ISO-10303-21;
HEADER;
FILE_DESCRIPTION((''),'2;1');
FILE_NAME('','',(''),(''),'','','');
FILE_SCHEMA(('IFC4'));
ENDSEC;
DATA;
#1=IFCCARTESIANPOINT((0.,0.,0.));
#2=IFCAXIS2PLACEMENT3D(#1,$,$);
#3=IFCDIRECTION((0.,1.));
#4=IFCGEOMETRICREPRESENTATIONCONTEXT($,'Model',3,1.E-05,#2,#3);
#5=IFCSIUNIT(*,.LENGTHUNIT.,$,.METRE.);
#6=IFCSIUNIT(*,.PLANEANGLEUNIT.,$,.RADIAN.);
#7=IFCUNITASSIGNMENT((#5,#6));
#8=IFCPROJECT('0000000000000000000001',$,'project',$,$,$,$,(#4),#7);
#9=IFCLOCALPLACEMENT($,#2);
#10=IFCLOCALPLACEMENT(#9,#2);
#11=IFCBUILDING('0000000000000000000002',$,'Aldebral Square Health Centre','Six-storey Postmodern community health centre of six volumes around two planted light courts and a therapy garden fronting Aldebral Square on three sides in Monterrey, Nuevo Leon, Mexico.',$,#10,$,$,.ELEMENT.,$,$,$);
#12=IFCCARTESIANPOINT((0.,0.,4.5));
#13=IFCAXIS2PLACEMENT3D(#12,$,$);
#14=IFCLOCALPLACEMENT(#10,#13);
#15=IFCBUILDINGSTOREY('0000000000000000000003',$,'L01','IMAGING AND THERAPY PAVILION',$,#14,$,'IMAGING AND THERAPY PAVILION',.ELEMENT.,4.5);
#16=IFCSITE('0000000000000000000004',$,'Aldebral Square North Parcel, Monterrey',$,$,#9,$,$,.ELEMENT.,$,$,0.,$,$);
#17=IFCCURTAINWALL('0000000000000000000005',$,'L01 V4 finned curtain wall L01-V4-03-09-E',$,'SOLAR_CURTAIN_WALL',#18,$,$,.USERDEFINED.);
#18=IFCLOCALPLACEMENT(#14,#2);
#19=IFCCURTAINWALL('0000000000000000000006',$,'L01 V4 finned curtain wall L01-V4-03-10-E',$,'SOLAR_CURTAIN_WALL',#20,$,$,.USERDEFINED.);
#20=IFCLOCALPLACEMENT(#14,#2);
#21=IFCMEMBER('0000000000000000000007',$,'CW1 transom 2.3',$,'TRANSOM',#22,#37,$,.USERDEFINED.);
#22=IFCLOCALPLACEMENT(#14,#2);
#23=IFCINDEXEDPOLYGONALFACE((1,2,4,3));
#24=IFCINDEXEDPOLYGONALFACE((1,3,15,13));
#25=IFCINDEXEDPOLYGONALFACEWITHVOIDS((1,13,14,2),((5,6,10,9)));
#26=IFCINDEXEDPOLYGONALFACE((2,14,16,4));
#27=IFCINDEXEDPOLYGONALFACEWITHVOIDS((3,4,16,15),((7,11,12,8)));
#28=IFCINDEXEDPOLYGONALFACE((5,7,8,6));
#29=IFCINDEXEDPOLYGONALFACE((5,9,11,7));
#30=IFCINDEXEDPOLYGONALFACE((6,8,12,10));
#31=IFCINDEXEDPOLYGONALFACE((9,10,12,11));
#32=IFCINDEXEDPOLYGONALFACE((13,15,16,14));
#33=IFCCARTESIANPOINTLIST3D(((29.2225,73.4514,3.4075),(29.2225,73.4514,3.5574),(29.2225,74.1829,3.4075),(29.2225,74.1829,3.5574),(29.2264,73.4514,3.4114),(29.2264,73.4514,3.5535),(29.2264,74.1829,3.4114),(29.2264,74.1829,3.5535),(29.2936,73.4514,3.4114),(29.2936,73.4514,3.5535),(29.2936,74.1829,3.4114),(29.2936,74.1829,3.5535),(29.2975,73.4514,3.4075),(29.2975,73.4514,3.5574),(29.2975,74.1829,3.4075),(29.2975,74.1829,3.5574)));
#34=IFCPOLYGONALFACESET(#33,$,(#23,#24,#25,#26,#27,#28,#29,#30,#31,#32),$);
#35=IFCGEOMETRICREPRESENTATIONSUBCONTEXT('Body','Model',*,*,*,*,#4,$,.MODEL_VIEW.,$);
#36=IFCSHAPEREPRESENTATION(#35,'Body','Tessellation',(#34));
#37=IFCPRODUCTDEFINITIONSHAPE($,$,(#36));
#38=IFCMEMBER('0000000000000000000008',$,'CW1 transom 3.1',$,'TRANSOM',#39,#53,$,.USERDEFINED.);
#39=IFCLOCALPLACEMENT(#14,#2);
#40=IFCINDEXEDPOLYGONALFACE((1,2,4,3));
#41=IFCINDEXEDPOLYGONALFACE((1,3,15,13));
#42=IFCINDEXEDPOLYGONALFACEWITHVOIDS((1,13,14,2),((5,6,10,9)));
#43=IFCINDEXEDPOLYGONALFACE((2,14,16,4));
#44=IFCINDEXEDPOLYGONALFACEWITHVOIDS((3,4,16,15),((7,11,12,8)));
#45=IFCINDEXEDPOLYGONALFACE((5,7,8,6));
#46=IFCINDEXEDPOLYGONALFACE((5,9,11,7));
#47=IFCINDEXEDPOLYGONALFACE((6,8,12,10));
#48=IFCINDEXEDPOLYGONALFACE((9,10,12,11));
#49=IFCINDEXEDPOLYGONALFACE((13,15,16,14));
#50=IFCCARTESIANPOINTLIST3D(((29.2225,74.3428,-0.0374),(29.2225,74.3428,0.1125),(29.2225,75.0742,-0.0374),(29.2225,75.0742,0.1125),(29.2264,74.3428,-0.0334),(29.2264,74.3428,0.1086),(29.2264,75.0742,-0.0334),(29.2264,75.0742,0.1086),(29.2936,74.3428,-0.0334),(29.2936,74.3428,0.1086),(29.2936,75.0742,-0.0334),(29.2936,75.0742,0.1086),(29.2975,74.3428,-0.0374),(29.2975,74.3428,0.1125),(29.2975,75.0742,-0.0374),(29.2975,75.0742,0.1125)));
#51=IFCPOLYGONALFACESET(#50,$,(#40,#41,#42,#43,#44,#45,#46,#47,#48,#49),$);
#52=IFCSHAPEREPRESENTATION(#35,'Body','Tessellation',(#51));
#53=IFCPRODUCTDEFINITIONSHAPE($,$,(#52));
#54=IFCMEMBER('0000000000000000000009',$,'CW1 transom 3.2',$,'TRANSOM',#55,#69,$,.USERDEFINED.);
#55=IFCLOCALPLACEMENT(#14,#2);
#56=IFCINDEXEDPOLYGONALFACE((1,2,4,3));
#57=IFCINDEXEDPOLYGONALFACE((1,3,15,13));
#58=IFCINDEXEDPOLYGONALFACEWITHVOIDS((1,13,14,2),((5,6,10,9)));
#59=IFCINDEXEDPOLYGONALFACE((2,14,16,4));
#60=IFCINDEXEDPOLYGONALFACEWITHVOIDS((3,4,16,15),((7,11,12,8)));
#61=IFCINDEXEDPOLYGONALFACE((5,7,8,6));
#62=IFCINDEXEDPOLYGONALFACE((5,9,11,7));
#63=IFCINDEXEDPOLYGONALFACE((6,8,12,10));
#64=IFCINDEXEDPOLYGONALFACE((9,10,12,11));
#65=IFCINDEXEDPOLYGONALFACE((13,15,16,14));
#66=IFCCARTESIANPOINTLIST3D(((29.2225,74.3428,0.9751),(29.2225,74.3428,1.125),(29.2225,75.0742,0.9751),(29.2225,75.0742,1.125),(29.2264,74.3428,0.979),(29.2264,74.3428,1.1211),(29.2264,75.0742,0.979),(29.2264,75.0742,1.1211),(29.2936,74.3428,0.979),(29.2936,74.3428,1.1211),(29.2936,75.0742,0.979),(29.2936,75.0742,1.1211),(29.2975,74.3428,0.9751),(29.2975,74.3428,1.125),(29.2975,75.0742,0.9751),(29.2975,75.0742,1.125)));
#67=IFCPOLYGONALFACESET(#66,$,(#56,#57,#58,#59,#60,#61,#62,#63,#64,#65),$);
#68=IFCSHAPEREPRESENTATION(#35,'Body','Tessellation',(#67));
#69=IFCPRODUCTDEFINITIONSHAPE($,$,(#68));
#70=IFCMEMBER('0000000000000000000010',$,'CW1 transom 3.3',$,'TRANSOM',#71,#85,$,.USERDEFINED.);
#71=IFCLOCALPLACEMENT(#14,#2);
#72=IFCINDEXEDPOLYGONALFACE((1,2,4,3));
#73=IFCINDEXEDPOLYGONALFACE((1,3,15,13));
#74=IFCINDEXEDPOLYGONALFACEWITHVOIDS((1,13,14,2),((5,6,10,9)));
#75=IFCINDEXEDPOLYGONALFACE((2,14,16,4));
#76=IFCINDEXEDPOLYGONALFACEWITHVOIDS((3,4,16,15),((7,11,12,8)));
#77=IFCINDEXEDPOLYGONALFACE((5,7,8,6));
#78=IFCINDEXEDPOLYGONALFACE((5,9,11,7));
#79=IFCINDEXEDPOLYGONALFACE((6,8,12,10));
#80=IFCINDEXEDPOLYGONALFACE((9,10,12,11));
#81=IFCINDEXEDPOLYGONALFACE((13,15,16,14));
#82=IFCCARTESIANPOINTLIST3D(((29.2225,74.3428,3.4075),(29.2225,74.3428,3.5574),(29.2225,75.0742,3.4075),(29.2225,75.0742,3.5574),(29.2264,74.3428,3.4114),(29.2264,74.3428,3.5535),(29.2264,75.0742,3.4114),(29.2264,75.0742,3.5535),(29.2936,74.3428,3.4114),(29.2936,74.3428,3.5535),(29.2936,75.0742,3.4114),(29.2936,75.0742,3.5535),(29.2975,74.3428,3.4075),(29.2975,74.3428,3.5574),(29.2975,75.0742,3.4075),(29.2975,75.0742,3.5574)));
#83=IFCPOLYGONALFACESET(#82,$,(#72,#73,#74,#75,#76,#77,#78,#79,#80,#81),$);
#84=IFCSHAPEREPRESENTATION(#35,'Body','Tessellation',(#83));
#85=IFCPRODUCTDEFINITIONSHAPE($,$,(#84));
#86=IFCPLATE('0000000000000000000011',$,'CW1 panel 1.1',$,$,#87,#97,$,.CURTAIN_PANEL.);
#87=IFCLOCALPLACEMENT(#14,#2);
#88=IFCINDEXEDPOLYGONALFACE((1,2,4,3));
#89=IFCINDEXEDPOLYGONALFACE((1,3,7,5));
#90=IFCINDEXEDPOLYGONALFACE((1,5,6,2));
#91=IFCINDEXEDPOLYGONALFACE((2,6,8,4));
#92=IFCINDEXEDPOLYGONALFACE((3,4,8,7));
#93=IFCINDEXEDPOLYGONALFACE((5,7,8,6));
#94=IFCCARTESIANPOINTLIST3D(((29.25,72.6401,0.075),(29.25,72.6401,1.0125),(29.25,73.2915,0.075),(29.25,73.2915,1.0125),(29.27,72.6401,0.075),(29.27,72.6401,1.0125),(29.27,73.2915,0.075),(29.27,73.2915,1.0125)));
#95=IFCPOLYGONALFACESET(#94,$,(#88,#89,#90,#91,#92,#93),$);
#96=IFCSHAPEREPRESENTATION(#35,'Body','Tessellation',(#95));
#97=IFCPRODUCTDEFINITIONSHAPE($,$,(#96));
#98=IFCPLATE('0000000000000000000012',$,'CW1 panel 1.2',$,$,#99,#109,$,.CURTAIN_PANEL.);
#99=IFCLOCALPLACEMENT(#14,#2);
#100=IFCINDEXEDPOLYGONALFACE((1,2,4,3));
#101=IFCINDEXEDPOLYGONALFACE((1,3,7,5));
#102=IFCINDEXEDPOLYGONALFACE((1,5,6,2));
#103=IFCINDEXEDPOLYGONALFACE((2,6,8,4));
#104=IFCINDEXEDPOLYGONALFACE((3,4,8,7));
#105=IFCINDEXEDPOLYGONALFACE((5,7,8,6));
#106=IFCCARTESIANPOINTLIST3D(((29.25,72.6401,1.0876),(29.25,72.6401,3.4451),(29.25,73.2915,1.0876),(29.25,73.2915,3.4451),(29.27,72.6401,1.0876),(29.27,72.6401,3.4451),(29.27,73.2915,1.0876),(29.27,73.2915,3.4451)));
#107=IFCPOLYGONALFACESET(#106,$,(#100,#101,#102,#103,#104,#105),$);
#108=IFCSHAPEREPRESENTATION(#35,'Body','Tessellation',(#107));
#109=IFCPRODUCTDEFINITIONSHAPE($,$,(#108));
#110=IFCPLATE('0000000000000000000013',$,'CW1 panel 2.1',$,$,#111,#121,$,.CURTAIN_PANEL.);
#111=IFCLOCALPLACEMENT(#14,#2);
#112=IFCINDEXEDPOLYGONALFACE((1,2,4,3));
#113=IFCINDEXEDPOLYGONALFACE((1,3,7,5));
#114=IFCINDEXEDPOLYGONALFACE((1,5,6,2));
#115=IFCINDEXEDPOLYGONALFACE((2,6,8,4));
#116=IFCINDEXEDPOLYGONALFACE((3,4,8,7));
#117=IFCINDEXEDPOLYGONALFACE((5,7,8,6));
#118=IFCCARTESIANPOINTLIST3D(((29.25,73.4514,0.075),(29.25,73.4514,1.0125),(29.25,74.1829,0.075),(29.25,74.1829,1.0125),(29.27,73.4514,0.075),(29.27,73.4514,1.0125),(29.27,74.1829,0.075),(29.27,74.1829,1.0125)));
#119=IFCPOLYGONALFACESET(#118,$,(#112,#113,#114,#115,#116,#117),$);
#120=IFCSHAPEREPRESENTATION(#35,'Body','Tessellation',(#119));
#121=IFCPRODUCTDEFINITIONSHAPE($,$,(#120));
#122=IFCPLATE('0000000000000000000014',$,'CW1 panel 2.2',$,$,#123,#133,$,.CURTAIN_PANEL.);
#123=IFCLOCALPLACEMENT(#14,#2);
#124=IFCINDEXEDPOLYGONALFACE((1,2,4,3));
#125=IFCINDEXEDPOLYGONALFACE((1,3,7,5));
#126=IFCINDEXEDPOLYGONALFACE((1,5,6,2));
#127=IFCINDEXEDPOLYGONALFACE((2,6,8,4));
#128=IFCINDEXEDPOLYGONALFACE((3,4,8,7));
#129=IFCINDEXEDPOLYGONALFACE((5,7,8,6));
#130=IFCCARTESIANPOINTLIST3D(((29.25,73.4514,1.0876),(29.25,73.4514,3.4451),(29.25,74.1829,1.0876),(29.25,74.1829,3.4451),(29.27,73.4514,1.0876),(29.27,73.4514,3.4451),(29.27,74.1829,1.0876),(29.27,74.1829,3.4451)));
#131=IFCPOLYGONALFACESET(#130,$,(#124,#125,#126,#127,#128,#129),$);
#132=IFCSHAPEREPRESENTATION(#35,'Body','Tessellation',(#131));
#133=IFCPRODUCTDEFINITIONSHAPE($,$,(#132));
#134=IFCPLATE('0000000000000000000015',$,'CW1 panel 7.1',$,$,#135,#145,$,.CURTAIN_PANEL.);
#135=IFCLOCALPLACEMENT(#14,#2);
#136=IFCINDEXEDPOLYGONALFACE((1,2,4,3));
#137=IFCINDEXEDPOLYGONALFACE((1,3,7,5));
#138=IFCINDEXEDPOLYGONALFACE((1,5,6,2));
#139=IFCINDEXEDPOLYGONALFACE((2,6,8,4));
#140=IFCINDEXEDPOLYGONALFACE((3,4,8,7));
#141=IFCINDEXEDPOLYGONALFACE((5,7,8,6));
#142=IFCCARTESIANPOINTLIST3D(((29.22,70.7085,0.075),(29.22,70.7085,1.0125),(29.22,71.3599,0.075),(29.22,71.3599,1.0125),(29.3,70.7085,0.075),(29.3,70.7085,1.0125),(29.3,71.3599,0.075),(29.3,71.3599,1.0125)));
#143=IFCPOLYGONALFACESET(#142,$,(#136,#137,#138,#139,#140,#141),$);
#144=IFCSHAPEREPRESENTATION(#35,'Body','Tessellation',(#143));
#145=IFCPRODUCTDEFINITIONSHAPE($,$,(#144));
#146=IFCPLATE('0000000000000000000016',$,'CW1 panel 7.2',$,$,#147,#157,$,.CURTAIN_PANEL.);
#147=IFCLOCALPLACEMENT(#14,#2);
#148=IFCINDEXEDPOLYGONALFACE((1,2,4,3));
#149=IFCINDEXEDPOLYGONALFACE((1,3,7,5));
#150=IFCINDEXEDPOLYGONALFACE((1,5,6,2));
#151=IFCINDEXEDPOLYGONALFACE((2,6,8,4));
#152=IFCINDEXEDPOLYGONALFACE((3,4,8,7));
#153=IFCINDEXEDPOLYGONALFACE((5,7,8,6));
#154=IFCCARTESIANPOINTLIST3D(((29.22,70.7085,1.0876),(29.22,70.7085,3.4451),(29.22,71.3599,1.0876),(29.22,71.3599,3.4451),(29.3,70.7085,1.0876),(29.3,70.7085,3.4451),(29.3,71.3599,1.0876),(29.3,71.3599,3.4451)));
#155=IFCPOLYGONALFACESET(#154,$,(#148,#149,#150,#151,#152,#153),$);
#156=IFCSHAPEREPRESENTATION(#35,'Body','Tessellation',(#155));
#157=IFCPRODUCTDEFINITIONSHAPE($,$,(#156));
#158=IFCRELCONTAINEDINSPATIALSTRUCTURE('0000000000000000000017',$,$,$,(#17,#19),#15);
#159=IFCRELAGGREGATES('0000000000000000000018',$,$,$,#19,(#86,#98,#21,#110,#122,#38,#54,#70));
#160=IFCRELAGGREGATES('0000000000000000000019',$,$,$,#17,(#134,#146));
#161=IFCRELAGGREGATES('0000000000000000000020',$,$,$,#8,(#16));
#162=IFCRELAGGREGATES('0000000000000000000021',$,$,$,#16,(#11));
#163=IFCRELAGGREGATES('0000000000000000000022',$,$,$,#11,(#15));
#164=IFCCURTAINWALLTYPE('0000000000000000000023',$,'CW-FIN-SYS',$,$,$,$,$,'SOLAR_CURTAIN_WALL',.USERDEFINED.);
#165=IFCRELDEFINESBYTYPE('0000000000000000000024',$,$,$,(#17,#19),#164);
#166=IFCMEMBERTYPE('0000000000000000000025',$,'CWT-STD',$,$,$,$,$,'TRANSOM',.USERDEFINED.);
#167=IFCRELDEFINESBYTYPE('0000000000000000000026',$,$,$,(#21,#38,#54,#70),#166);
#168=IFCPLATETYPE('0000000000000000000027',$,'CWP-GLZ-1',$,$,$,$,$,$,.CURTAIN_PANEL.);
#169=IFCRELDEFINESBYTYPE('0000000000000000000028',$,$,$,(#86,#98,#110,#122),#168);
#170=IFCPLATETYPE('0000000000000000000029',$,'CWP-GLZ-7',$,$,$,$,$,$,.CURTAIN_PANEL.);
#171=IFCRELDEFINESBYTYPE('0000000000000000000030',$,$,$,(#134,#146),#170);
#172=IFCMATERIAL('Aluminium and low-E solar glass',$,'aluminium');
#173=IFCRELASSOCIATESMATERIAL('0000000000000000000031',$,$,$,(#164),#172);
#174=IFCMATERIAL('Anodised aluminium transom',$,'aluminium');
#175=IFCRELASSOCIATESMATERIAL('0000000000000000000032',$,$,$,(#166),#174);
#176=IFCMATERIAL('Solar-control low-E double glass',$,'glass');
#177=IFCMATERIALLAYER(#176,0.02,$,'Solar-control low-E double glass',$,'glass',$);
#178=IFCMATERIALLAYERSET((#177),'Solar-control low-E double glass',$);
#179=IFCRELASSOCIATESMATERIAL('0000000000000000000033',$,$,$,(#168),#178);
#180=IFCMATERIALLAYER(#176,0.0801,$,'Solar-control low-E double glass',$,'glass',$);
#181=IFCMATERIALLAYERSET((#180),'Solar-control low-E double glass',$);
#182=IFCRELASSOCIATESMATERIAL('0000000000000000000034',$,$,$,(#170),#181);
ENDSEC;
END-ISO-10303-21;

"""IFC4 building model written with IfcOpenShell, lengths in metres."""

from ifc_helpers import new_model, si_unit, direction, frame, origin, origin_2d, place, context, subcontext, project, spatial, rectangle, hollow_rectangle, extrude, material, layer, layer_set, material_profile, profile_set, type_object, element, aggregate, save


model = new_model("IFC4")

# Units and contexts
model_context = context("Model", 3, precision=1e-05, world=origin(), true_north=direction((0.0, 1.0)))
body_context = subcontext(model_context, "Body", "Model", "MODEL_VIEW")
ifc_project = project(units=[si_unit("LENGTHUNIT", "METRE"), si_unit("PLANEANGLEUNIT", "RADIAN")], contexts=[model_context])

# Site, building, storey
site_placement = place(None, origin())
site = spatial("IfcSite", under=ifc_project, at=site_placement, Name="Aldebral Square North Parcel, Monterrey", CompositionType="ELEMENT", RefElevation=0.0)
building_placement = place(site_placement, origin())
building = spatial("IfcBuilding", under=site, at=building_placement, Name="Aldebral Square Health Centre", Description="Six-storey Postmodern community health centre of six volumes around two planted light courts and a therapy garden fronting Aldebral Square on three sides in Monterrey, Nuevo Leon, Mexico.", CompositionType="ELEMENT")
storey_placement = place(building_placement, frame((0.0, 0.0, 4.5)))
storey = spatial("IfcBuildingStorey", under=building, at=storey_placement, Name="L01", Description="IMAGING AND THERAPY PAVILION", LongName="IMAGING AND THERAPY PAVILION", CompositionType="ELEMENT", Elevation=4.5)

# Curtain wall
ifc_material_1 = material(Name="Aluminium and low-E solar glass", Category="aluminium")
curtain_wall_type = type_object("IfcCurtainWallType", Name="CW-FIN-SYS", ElementType="SOLAR_CURTAIN_WALL", PredefinedType="USERDEFINED", material=ifc_material_1)
curtain_wall_1_placement = place(storey_placement, origin())
curtain_wall_1 = element("IfcCurtainWall", 1, at=curtain_wall_1_placement, inside=storey, type_object=curtain_wall_type, Name="L01 V4 finned curtain wall L01-V4-03-09-E", ObjectType="SOLAR_CURTAIN_WALL", PredefinedType="USERDEFINED")

# Curtain wall
curtain_wall_2_placement = place(storey_placement, origin())
curtain_wall_2 = element("IfcCurtainWall", 2, at=curtain_wall_2_placement, inside=storey, type_object=curtain_wall_type, Name="L01 V4 finned curtain wall L01-V4-03-10-E", ObjectType="SOLAR_CURTAIN_WALL", PredefinedType="USERDEFINED")

# Members
ifc_material_2 = material(Name="Anodised aluminium transom", Category="aluminium")
ifc_material_profile_1 = material_profile(ifc_material_2, hollow_rectangle(XDim=0.075, YDim=0.1499, WallThickness=0.0039, at=origin_2d()), Name="CWT 75x150x4")
ifc_profile_set_1 = profile_set([ifc_material_profile_1], Name="Anodised aluminium transom")
member_type_1 = type_object("IfcMemberType", Name="CWT-STD", ElementType="TRANSOM", PredefinedType="USERDEFINED", material=ifc_profile_set_1)
member_1_placement = place(storey_placement, frame((29.26, 73.4514, 3.4824), z_axis=(0.0, 1.0, 0.0), x_axis=(-1.0, 0.0, 0.0)))
member_1 = element("IfcMember", 3, at=member_1_placement, type_object=member_type_1, Name="CW1 transom 2.3", ObjectType="TRANSOM", PredefinedType="USERDEFINED", context=body_context, shape_type="SweptSolid", body=[
    extrude(hollow_rectangle(XDim=0.075, YDim=0.1499, WallThickness=0.0039, at=origin_2d()), origin(), (0.0, 0.0, 1.0), 0.7314),
])
member_2_placement = place(storey_placement, frame((29.26, 74.3428, 0.0376), z_axis=(0.0, 1.0, 0.0), x_axis=(-1.0, 0.0, 0.0)))
member_2 = element("IfcMember", 4, at=member_2_placement, type_object=member_type_1, Name="CW1 transom 3.1", ObjectType="TRANSOM", PredefinedType="USERDEFINED", context=body_context, shape_type="SweptSolid", body=[
    extrude(hollow_rectangle(XDim=0.075, YDim=0.1499, WallThickness=0.0039, at=origin_2d()), origin(), (0.0, 0.0, 1.0), 0.7314),
])
member_3_placement = place(storey_placement, frame((29.26, 74.3428, 1.05), z_axis=(0.0, 1.0, 0.0), x_axis=(-1.0, 0.0, 0.0)))
member_3 = element("IfcMember", 5, at=member_3_placement, type_object=member_type_1, Name="CW1 transom 3.2", ObjectType="TRANSOM", PredefinedType="USERDEFINED", context=body_context, shape_type="SweptSolid", body=[
    extrude(hollow_rectangle(XDim=0.075, YDim=0.1499, WallThickness=0.0039, at=origin_2d()), origin(), (0.0, 0.0, 1.0), 0.7314),
])
member_4_placement = place(storey_placement, frame((29.26, 74.3428, 3.4824), z_axis=(0.0, 1.0, 0.0), x_axis=(-1.0, 0.0, 0.0)))
member_4 = element("IfcMember", 6, at=member_4_placement, type_object=member_type_1, Name="CW1 transom 3.3", ObjectType="TRANSOM", PredefinedType="USERDEFINED", context=body_context, shape_type="SweptSolid", body=[
    extrude(hollow_rectangle(XDim=0.075, YDim=0.1499, WallThickness=0.0039, at=origin_2d()), origin(), (0.0, 0.0, 1.0), 0.7314),
])

# Plates
ifc_material_3 = material(Name="Solar-control low-E double glass", Category="glass")
ifc_layer_1 = layer(ifc_material_3, 0.02, Name="Solar-control low-E double glass", Category="glass")
ifc_layer_set_1 = layer_set([ifc_layer_1], Name="Solar-control low-E double glass")
plate_type_1 = type_object("IfcPlateType", Name="CWP-GLZ-1", PredefinedType="CURTAIN_PANEL", material=ifc_layer_set_1)
plate_1_placement = place(storey_placement, frame((29.26, 72.9658, 0.075), z_axis=(0.0, 0.0, 1.0), x_axis=(0.0, 1.0, 0.0)))
plate_1 = element("IfcPlate", 7, at=plate_1_placement, type_object=plate_type_1, Name="CW1 panel 1.1", PredefinedType="CURTAIN_PANEL", context=body_context, shape_type="SweptSolid", body=[
    extrude(rectangle(XDim=0.6514, YDim=0.02, at=origin_2d()), origin(), (0.0, 0.0, 1.0), 0.9375),
])
plate_2_placement = place(storey_placement, frame((29.26, 72.9658, 1.0876), z_axis=(0.0, 0.0, 1.0), x_axis=(0.0, 1.0, 0.0)))
plate_2 = element("IfcPlate", 8, at=plate_2_placement, type_object=plate_type_1, Name="CW1 panel 1.2", PredefinedType="CURTAIN_PANEL", context=body_context, shape_type="SweptSolid", body=[
    extrude(rectangle(XDim=0.6514, YDim=0.02, at=origin_2d()), origin(), (0.0, 0.0, 1.0), 2.3574),
])
plate_3_placement = place(storey_placement, frame((29.26, 73.8171, 0.075), z_axis=(0.0, 0.0, 1.0), x_axis=(0.0, 1.0, 0.0)))
plate_3 = element("IfcPlate", 9, at=plate_3_placement, type_object=plate_type_1, Name="CW1 panel 2.1", PredefinedType="CURTAIN_PANEL", context=body_context, shape_type="SweptSolid", body=[
    extrude(rectangle(XDim=0.7314, YDim=0.02, at=origin_2d()), origin(), (0.0, 0.0, 1.0), 0.9375),
])
plate_4_placement = place(storey_placement, frame((29.26, 73.8171, 1.0876), z_axis=(0.0, 0.0, 1.0), x_axis=(0.0, 1.0, 0.0)))
plate_4 = element("IfcPlate", 10, at=plate_4_placement, type_object=plate_type_1, Name="CW1 panel 2.2", PredefinedType="CURTAIN_PANEL", context=body_context, shape_type="SweptSolid", body=[
    extrude(rectangle(XDim=0.7314, YDim=0.02, at=origin_2d()), origin(), (0.0, 0.0, 1.0), 2.3574),
])
aggregate(curtain_wall_2, [plate_1, plate_2, member_1, plate_3, plate_4, member_2, member_3, member_4])
ifc_layer_2 = layer(ifc_material_3, 0.0801, Name="Solar-control low-E double glass", Category="glass")
ifc_layer_set_2 = layer_set([ifc_layer_2], Name="Solar-control low-E double glass")
plate_type_2 = type_object("IfcPlateType", Name="CWP-GLZ-7", PredefinedType="CURTAIN_PANEL", material=ifc_layer_set_2)
plate_5_placement = place(storey_placement, frame((29.26, 71.0342, 0.075), z_axis=(0.0, 0.0, 1.0), x_axis=(0.0, 1.0, 0.0)))
plate_5 = element("IfcPlate", 11, at=plate_5_placement, type_object=plate_type_2, Name="CW1 panel 7.1", PredefinedType="CURTAIN_PANEL", context=body_context, shape_type="SweptSolid", body=[
    extrude(rectangle(XDim=0.6514, YDim=0.0801, at=origin_2d()), origin(), (0.0, 0.0, 1.0), 0.9375),
])
plate_6_placement = place(storey_placement, frame((29.26, 71.0342, 1.0876), z_axis=(0.0, 0.0, 1.0), x_axis=(0.0, 1.0, 0.0)))
plate_6 = element("IfcPlate", 12, at=plate_6_placement, type_object=plate_type_2, Name="CW1 panel 7.2", PredefinedType="CURTAIN_PANEL", context=body_context, shape_type="SweptSolid", body=[
    extrude(rectangle(XDim=0.6514, YDim=0.0801, at=origin_2d()), origin(), (0.0, 0.0, 1.0), 2.3574),
])
aggregate(curtain_wall_1, [plate_5, plate_6])

save(model, "model.ifc")
